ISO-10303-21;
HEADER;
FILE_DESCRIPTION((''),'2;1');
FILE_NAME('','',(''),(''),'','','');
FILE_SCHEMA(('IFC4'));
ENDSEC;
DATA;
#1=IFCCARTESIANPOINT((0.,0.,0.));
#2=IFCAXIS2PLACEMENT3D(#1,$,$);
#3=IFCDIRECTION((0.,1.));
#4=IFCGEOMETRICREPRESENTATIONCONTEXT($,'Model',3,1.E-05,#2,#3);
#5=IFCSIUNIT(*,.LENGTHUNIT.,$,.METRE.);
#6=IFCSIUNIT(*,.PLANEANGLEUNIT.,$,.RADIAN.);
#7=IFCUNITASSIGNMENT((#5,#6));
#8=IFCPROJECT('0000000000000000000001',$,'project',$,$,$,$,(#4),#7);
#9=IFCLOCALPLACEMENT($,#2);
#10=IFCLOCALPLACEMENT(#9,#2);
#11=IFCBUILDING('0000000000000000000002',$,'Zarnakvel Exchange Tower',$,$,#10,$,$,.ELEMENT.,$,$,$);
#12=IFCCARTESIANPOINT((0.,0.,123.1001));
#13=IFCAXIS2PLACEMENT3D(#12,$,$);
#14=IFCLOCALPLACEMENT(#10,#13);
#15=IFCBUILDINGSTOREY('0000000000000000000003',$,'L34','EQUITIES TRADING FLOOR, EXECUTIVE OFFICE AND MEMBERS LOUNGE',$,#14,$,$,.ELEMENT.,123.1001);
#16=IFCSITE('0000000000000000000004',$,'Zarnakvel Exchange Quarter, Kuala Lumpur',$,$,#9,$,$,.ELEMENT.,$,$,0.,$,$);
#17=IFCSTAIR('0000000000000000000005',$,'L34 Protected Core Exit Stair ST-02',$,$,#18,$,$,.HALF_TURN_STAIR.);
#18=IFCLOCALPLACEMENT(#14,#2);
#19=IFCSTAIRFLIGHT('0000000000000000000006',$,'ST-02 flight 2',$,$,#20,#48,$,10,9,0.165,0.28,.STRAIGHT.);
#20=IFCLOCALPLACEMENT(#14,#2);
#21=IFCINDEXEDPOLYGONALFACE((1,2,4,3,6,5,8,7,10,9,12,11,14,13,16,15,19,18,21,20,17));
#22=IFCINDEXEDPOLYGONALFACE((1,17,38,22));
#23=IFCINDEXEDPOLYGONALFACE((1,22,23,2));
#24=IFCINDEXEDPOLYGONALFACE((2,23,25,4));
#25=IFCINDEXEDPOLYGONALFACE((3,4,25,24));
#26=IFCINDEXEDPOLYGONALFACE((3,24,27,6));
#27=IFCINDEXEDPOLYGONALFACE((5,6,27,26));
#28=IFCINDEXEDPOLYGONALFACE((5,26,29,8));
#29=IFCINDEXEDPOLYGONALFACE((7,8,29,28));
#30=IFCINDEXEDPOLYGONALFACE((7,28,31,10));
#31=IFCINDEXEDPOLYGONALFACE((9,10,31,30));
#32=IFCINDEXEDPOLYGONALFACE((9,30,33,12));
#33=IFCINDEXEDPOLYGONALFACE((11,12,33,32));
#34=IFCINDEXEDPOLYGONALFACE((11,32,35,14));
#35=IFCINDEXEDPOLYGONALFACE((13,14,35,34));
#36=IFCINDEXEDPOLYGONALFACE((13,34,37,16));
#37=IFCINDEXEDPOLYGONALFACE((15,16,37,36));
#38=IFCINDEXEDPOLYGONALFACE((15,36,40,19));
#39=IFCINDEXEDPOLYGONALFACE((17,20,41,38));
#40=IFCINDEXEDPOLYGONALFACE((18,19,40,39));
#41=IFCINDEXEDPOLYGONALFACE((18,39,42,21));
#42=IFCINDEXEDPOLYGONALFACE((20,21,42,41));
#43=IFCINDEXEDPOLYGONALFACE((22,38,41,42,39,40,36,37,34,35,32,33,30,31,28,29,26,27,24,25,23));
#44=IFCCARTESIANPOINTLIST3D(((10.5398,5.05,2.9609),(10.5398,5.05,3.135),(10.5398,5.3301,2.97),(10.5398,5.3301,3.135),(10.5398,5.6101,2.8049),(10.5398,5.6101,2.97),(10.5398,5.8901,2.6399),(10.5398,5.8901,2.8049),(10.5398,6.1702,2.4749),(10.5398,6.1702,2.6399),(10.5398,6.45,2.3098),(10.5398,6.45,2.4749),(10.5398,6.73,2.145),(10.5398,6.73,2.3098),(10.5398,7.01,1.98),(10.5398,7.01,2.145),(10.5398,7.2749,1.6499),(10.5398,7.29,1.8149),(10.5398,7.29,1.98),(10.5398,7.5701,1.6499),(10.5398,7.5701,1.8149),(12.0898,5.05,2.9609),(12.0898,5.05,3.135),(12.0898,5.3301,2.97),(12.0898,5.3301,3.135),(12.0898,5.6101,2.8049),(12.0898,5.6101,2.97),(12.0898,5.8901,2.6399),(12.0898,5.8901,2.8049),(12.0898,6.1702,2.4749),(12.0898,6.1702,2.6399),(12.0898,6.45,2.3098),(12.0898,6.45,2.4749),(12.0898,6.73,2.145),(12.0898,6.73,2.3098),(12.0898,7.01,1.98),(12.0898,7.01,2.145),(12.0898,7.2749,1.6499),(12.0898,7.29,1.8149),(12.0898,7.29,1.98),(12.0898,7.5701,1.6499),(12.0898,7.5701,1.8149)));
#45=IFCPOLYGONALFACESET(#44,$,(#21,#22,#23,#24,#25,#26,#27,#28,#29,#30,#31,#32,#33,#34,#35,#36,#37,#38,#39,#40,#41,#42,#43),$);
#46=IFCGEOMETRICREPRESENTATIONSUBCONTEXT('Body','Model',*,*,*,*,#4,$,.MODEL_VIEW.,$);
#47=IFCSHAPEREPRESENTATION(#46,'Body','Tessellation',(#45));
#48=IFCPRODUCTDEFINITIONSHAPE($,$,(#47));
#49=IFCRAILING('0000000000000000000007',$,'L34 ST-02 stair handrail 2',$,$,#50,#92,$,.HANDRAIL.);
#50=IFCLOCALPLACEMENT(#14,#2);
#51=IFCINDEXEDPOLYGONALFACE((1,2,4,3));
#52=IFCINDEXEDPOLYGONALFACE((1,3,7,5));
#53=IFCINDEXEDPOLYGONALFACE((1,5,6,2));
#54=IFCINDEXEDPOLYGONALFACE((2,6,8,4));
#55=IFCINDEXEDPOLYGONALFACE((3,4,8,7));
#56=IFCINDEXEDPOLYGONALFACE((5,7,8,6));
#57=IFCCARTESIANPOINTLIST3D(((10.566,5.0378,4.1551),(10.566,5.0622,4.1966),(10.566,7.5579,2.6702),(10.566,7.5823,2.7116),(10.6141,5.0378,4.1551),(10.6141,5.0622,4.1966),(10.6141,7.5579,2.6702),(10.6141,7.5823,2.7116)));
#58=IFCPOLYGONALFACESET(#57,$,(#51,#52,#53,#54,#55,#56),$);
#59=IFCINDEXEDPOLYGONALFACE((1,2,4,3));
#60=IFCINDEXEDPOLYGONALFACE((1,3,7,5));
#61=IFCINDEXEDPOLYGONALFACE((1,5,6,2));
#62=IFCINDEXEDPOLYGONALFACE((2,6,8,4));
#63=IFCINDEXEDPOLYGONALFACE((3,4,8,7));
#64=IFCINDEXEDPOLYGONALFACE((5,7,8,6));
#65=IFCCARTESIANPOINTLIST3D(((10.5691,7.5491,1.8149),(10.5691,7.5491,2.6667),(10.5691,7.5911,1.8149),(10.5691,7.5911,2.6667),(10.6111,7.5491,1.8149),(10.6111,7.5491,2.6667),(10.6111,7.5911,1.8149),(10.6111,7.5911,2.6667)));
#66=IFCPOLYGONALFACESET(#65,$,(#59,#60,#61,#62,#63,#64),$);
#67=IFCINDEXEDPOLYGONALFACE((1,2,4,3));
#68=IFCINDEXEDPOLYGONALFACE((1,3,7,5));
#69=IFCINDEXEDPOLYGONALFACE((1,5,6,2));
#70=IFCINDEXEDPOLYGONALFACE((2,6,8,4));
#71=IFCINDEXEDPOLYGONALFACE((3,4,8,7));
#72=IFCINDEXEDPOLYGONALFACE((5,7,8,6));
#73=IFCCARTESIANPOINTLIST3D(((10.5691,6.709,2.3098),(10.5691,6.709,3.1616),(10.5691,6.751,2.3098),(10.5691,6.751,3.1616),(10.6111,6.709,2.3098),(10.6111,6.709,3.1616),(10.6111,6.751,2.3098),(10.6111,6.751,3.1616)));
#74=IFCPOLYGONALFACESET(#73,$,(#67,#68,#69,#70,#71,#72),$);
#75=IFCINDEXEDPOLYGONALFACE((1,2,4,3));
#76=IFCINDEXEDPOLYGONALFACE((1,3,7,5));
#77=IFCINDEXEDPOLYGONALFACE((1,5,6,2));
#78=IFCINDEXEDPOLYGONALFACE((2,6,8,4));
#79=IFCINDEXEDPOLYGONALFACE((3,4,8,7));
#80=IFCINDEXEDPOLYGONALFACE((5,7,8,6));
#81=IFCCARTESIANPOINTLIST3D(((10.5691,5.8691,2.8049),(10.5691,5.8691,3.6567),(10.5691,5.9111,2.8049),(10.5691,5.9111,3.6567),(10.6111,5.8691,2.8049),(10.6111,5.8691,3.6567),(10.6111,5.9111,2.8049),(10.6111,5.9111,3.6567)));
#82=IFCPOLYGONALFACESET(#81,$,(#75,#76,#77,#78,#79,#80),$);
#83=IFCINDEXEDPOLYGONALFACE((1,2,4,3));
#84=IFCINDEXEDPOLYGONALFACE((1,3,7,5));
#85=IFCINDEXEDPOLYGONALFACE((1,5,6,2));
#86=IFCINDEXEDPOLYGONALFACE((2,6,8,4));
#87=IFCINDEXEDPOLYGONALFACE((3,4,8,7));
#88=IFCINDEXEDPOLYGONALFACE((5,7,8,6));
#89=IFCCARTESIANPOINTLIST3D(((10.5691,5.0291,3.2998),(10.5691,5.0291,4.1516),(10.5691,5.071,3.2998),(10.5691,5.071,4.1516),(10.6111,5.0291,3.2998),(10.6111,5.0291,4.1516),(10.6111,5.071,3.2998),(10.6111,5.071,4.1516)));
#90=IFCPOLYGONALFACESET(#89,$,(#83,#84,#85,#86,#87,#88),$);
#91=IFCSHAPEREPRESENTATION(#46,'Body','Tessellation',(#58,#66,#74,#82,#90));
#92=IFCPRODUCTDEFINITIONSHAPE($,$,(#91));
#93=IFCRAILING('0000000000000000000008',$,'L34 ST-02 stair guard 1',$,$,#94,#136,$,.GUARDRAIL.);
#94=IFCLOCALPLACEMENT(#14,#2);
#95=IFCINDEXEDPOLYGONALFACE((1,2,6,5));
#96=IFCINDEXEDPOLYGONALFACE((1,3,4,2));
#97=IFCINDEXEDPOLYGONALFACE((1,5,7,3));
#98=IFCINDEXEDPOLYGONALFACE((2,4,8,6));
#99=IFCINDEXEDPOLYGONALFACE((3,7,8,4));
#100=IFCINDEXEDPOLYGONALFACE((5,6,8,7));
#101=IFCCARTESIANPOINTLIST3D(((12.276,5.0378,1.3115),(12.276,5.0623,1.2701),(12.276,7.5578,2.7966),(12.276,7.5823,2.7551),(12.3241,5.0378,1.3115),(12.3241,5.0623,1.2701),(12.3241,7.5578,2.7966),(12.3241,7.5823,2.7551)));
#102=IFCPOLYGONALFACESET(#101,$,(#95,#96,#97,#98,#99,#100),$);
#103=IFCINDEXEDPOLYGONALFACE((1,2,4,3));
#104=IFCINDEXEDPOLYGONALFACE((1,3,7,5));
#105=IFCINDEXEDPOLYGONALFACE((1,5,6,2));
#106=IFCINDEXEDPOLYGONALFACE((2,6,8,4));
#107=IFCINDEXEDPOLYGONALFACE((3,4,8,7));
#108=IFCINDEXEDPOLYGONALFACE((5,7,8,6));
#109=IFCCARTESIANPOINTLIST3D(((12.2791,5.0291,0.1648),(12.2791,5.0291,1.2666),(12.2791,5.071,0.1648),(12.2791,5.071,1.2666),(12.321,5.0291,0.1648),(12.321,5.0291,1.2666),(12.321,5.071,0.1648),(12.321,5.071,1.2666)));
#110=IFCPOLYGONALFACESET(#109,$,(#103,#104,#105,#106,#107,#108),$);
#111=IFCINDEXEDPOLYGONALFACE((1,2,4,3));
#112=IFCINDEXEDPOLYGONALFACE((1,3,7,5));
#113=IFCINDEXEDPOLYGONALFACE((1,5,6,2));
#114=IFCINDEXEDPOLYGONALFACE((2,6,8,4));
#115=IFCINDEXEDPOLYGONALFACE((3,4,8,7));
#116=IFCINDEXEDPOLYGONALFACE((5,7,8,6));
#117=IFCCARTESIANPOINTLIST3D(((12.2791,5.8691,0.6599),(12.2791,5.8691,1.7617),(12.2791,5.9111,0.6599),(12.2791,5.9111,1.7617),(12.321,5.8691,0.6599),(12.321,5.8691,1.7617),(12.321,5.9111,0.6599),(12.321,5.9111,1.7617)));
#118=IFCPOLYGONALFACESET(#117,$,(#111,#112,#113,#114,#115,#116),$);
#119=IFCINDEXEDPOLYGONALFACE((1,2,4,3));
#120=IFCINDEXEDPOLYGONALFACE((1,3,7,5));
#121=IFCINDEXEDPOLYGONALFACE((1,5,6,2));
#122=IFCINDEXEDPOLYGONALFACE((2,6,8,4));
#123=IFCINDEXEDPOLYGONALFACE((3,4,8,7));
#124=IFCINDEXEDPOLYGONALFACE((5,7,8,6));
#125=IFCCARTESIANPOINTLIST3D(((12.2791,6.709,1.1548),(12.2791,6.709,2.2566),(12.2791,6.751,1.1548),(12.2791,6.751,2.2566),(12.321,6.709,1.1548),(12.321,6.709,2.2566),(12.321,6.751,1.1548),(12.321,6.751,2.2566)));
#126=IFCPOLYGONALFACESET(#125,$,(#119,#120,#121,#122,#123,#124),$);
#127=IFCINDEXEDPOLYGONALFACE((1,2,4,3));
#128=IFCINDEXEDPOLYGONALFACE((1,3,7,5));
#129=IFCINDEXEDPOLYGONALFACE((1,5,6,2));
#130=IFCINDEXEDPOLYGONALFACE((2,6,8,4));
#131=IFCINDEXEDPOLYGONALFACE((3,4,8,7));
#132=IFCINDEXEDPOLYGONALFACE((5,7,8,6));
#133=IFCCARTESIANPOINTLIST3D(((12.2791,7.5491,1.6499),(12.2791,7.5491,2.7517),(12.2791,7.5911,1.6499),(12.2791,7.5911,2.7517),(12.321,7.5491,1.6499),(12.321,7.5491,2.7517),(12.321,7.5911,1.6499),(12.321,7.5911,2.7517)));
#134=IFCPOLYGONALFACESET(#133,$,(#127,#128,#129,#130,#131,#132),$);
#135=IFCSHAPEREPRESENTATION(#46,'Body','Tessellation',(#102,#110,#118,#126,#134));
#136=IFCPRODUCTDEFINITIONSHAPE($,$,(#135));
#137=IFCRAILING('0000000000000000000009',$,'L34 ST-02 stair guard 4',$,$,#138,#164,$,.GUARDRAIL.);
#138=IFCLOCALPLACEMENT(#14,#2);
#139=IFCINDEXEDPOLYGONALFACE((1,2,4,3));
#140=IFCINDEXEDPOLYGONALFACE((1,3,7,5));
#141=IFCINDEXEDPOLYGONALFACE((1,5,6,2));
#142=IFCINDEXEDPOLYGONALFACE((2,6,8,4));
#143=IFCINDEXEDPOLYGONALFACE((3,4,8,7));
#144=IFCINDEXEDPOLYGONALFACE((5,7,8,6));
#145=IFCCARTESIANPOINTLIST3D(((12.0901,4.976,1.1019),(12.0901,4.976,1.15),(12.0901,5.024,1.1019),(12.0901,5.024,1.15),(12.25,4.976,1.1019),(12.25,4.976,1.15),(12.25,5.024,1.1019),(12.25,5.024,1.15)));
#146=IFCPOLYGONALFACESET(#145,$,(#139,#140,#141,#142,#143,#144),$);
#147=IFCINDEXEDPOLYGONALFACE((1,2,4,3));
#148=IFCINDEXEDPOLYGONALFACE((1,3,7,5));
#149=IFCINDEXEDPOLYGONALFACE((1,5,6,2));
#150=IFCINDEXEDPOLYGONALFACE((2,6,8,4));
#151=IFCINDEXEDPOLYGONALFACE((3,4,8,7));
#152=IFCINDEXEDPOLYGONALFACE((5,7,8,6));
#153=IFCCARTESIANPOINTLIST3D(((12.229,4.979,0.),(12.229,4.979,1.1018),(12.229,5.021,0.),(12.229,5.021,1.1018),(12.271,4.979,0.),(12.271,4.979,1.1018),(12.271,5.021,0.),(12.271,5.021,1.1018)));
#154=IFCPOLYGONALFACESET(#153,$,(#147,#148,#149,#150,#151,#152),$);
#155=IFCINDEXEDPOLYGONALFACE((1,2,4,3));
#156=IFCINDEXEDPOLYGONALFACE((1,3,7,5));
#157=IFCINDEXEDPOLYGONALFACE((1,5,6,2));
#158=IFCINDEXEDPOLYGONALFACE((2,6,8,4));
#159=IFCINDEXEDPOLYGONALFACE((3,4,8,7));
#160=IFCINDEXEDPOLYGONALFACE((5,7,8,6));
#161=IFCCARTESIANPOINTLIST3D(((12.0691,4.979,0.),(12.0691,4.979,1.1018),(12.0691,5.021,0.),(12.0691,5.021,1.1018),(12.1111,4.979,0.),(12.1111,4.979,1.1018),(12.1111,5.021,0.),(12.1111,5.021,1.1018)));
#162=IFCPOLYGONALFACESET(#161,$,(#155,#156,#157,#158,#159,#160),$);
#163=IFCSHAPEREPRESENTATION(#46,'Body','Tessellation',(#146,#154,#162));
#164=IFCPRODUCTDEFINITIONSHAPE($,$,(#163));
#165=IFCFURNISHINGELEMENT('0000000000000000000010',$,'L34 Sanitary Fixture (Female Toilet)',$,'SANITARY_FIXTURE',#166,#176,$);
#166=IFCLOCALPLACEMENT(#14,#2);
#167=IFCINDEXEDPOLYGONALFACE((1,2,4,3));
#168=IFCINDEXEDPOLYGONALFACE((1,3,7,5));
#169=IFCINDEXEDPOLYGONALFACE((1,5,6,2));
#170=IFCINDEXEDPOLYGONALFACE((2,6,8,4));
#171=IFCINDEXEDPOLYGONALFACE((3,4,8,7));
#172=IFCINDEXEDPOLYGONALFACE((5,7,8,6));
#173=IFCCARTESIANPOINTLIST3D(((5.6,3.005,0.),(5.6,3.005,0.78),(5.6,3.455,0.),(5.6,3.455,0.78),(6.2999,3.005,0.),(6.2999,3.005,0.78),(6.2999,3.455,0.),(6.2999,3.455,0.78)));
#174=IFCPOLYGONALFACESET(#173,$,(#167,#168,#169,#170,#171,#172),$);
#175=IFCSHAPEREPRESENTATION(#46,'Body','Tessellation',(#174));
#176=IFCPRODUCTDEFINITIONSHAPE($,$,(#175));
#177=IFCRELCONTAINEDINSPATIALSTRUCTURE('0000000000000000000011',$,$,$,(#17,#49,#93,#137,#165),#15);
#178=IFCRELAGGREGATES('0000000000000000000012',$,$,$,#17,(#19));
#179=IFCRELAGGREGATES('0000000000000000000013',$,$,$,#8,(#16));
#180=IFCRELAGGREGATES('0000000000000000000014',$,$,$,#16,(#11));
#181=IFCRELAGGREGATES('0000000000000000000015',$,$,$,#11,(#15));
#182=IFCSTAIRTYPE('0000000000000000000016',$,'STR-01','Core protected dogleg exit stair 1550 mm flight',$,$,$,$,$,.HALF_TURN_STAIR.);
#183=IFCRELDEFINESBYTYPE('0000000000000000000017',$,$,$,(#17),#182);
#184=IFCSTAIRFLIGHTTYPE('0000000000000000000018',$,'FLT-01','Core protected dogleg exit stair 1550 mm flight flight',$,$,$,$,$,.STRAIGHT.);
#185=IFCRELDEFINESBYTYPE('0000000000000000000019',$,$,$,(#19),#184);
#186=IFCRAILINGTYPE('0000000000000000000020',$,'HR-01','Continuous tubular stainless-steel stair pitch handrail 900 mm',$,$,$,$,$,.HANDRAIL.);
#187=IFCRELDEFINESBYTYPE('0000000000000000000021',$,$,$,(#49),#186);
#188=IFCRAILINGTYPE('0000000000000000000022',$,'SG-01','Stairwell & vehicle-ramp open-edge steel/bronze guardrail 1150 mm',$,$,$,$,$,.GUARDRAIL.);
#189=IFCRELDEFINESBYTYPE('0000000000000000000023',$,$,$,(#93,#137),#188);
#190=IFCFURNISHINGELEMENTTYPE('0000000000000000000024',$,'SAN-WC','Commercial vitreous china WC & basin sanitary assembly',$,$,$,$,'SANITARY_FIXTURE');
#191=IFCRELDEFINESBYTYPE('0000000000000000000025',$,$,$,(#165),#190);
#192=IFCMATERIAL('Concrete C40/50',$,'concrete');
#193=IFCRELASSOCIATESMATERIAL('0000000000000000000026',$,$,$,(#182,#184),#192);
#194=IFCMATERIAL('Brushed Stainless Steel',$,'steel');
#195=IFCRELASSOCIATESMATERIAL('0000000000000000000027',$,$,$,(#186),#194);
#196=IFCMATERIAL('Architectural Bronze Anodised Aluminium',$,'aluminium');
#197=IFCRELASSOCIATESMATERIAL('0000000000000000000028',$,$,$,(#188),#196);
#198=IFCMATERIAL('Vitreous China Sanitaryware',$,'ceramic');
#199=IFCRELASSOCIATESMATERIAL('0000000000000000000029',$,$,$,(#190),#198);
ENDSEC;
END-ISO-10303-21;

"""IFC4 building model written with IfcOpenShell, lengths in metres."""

from ifc_helpers import new_model, si_unit, direction, frame, origin, origin_2d, place, context, subcontext, project, spatial, polyline, rectangle, outline, extrude, source, transform, mapped, material, type_object, element, aggregate, save


model = new_model("IFC4")

# Units and contexts
model_context = context("Model", 3, precision=1e-05, world=origin(), true_north=direction((0.0, 1.0)))
body_context = subcontext(model_context, "Body", "Model", "MODEL_VIEW")
ifc_project = project(units=[si_unit("LENGTHUNIT", "METRE"), si_unit("PLANEANGLEUNIT", "RADIAN")], contexts=[model_context])

# Site, building, storey
site_placement = place(None, origin())
site = spatial("IfcSite", under=ifc_project, at=site_placement, Name="Zarnakvel Exchange Quarter, Kuala Lumpur", CompositionType="ELEMENT", RefElevation=0.0)
building_placement = place(site_placement, origin())
building = spatial("IfcBuilding", under=site, at=building_placement, Name="Zarnakvel Exchange Tower", CompositionType="ELEMENT")
storey_placement = place(building_placement, frame((0.0, 0.0, 123.1001)))
storey = spatial("IfcBuildingStorey", under=building, at=storey_placement, Name="L34", Description="EQUITIES TRADING FLOOR, EXECUTIVE OFFICE AND MEMBERS LOUNGE", CompositionType="ELEMENT", Elevation=123.1001)

# Shared definitions
ifc_material_1 = material(Name="Concrete C40/50", Category="concrete")
ifc_material_2 = material(Name="Brushed Stainless Steel", Category="steel")

# Shared definitions
ifc_material_3 = material(Name="Architectural Bronze Anodised Aluminium", Category="aluminium")

# Stair, stair flight
stair_type = type_object("IfcStairType", Name="STR-01", Description="Core protected dogleg exit stair 1550 mm flight", PredefinedType="HALF_TURN_STAIR", material=ifc_material_1)
stair_placement = place(storey_placement, origin())
stair = element("IfcStair", 1, at=stair_placement, inside=storey, type_object=stair_type, Name="L34 Protected Core Exit Stair ST-02", PredefinedType="HALF_TURN_STAIR")
stair_flight_type = type_object("IfcStairFlightType", Name="FLT-01", Description="Core protected dogleg exit stair 1550 mm flight flight", PredefinedType="STRAIGHT", material=ifc_material_1)
stair_flight_placement = place(storey_placement, frame((11.3149, 7.5701, 1.6499), z_axis=(0.0, 0.0, 1.0), x_axis=(0.0, -1.0, 0.0)))
stair_flight = element("IfcStairFlight", 2, at=stair_flight_placement, type_object=stair_flight_type, Name="ST-02 flight 2", NumberOfRisers=10, NumberOfTreads=9, PredefinedType="STRAIGHT", RiserHeight=0.165, TreadLength=0.28, context=body_context, shape_type="SweptSolid", body=[
    extrude(outline(polyline([(0.0, 0.0), (0.0, 0.165), (0.28, 0.165), (0.28, 0.3301), (0.5601, 0.3301), (0.5601, 0.4951), (0.8401, 0.4951), (0.8401, 0.6599), (1.1201, 0.6599), (1.1201, 0.825), (1.3999, 0.825), (1.3999, 0.99), (1.6799, 0.99), (1.6799, 1.155), (1.96, 1.155), (1.96, 1.3201), (2.24, 1.3201), (2.24, 1.4851), (2.52, 1.4851), (2.52, 1.6499), (2.52, 1.311), (0.2952, 0.0), (0.0, 0.0)])), frame((0.0, 0.7749, 0.0), z_axis=(0.0, -1.0, 0.0), x_axis=(1.0, 0.0, 0.0)), (0.0, 0.0, 1.0), 1.55),
])
aggregate(stair, [stair_flight])

# Railings
railing_type_1 = type_object("IfcRailingType", Name="HR-01", Description="Continuous tubular stainless-steel stair pitch handrail 900 mm", PredefinedType="HANDRAIL", material=ifc_material_2)
railing_1_placement = place(storey_placement, frame((10.5901, 7.5701, 1.8149)))
element("IfcRailing", 3, at=railing_1_placement, inside=storey, type_object=railing_type_1, Name="L34 ST-02 stair handrail 2", PredefinedType="HANDRAIL", context=body_context, shape_type="SweptSolid", body=[
    extrude(rectangle(XDim=0.0481, YDim=0.0481, at=origin_2d()), frame((0.0, 0.0, 0.876), z_axis=(0.0, -0.861561, 0.507655), x_axis=(1.0, 0.0, 0.0)), (0.0, 0.0, 1.0), 2.925),
    extrude(rectangle(XDim=0.042, YDim=0.042, at=origin_2d()), origin(), (0.0, 0.0, 1.0), 0.8518),
    extrude(rectangle(XDim=0.042, YDim=0.042, at=origin_2d()), frame((0.0, -0.8401, 0.4949)), (0.0, 0.0, 1.0), 0.8518),
    extrude(rectangle(XDim=0.042, YDim=0.042, at=origin_2d()), frame((0.0, -1.6799, 0.99)), (0.0, 0.0, 1.0), 0.8518),
    extrude(rectangle(XDim=0.042, YDim=0.042, at=origin_2d()), frame((0.0, -2.52, 1.4849)), (0.0, 0.0, 1.0), 0.8518),
])
railing_type_2 = type_object("IfcRailingType", Name="SG-01", Description="Stairwell & vehicle-ramp open-edge steel/bronze guardrail 1150 mm", PredefinedType="GUARDRAIL", material=ifc_material_3)
railing_2_placement = place(storey_placement, frame((12.3, 5.05, 0.1648)))
element("IfcRailing", 4, at=railing_2_placement, inside=storey, type_object=railing_type_2, Name="L34 ST-02 stair guard 1", PredefinedType="GUARDRAIL", context=body_context, shape_type="SweptSolid", body=[
    extrude(rectangle(XDim=0.0481, YDim=0.0481, at=origin_2d()), frame((0.0, 0.0, 1.126), z_axis=(0.0, 0.861524, 0.507717), x_axis=(-1.0, 0.0, 0.0)), (0.0, 0.0, 1.0), 2.925),
    extrude(rectangle(XDim=0.042, YDim=0.042, at=origin_2d()), origin(), (0.0, 0.0, 1.0), 1.1018),
    extrude(rectangle(XDim=0.042, YDim=0.042, at=origin_2d()), frame((0.0, 0.8401, 0.4951)), (0.0, 0.0, 1.0), 1.1018),
    extrude(rectangle(XDim=0.042, YDim=0.042, at=origin_2d()), frame((0.0, 1.6799, 0.99)), (0.0, 0.0, 1.0), 1.1018),
    extrude(rectangle(XDim=0.042, YDim=0.042, at=origin_2d()), frame((0.0, 2.52, 1.4851)), (0.0, 0.0, 1.0), 1.1018),
])
railing_3_placement = place(storey_placement, frame((12.25, 5.0, 0.0)))
element("IfcRailing", 5, at=railing_3_placement, inside=storey, type_object=railing_type_2, Name="L34 ST-02 stair guard 4", PredefinedType="GUARDRAIL", context=body_context, shape_type="SweptSolid", body=[
    extrude(rectangle(XDim=0.0481, YDim=0.0481, at=origin_2d()), frame((0.0, 0.0, 1.126), z_axis=(-1.0, 0.0, 0.0), x_axis=(0.0, -1.0, 0.0)), (0.0, 0.0, 1.0), 0.1599),
    extrude(rectangle(XDim=0.042, YDim=0.042, at=origin_2d()), origin(), (0.0, 0.0, 1.0), 1.1018),
    extrude(rectangle(XDim=0.042, YDim=0.042, at=origin_2d()), frame((-0.1599, 0.0, 0.0)), (0.0, 0.0, 1.0), 1.1018),
])

# Furnishing element
ifc_material_4 = material(Name="Vitreous China Sanitaryware", Category="ceramic")
furnishing_element_type = type_object("IfcFurnishingElementType", Name="SAN-WC", Description="Commercial vitreous china WC & basin sanitary assembly", ElementType="SANITARY_FIXTURE", material=ifc_material_4)
shared_shape_1 = source(origin(), body_context, "Body", "SweptSolid", [
    extrude(rectangle(XDim=0.7, YDim=0.45, at=origin_2d()), origin(), (0.0, 0.0, 1.0), 0.78),
])
furnishing_placement = place(storey_placement, frame((5.95, 3.23, 0.0), z_axis=(0.0, 0.0, 1.0), x_axis=(1.0, 0.0, 0.0)))
element("IfcFurnishingElement", 6, at=furnishing_placement, inside=storey, type_object=furnishing_element_type, Name="L34 Sanitary Fixture (Female Toilet)", ObjectType="SANITARY_FIXTURE", context=body_context, shape_type="MappedRepresentation", body=[
    mapped(shared_shape_1, transform((0.0, 0.0, 0.0), x_axis=(1.0, 0.0, 0.0), y_axis=(0.0, 1.0, 0.0), z_axis=(0.0, 0.0, 1.0), scale=1.0)),
])

save(model, "model.ifc")
